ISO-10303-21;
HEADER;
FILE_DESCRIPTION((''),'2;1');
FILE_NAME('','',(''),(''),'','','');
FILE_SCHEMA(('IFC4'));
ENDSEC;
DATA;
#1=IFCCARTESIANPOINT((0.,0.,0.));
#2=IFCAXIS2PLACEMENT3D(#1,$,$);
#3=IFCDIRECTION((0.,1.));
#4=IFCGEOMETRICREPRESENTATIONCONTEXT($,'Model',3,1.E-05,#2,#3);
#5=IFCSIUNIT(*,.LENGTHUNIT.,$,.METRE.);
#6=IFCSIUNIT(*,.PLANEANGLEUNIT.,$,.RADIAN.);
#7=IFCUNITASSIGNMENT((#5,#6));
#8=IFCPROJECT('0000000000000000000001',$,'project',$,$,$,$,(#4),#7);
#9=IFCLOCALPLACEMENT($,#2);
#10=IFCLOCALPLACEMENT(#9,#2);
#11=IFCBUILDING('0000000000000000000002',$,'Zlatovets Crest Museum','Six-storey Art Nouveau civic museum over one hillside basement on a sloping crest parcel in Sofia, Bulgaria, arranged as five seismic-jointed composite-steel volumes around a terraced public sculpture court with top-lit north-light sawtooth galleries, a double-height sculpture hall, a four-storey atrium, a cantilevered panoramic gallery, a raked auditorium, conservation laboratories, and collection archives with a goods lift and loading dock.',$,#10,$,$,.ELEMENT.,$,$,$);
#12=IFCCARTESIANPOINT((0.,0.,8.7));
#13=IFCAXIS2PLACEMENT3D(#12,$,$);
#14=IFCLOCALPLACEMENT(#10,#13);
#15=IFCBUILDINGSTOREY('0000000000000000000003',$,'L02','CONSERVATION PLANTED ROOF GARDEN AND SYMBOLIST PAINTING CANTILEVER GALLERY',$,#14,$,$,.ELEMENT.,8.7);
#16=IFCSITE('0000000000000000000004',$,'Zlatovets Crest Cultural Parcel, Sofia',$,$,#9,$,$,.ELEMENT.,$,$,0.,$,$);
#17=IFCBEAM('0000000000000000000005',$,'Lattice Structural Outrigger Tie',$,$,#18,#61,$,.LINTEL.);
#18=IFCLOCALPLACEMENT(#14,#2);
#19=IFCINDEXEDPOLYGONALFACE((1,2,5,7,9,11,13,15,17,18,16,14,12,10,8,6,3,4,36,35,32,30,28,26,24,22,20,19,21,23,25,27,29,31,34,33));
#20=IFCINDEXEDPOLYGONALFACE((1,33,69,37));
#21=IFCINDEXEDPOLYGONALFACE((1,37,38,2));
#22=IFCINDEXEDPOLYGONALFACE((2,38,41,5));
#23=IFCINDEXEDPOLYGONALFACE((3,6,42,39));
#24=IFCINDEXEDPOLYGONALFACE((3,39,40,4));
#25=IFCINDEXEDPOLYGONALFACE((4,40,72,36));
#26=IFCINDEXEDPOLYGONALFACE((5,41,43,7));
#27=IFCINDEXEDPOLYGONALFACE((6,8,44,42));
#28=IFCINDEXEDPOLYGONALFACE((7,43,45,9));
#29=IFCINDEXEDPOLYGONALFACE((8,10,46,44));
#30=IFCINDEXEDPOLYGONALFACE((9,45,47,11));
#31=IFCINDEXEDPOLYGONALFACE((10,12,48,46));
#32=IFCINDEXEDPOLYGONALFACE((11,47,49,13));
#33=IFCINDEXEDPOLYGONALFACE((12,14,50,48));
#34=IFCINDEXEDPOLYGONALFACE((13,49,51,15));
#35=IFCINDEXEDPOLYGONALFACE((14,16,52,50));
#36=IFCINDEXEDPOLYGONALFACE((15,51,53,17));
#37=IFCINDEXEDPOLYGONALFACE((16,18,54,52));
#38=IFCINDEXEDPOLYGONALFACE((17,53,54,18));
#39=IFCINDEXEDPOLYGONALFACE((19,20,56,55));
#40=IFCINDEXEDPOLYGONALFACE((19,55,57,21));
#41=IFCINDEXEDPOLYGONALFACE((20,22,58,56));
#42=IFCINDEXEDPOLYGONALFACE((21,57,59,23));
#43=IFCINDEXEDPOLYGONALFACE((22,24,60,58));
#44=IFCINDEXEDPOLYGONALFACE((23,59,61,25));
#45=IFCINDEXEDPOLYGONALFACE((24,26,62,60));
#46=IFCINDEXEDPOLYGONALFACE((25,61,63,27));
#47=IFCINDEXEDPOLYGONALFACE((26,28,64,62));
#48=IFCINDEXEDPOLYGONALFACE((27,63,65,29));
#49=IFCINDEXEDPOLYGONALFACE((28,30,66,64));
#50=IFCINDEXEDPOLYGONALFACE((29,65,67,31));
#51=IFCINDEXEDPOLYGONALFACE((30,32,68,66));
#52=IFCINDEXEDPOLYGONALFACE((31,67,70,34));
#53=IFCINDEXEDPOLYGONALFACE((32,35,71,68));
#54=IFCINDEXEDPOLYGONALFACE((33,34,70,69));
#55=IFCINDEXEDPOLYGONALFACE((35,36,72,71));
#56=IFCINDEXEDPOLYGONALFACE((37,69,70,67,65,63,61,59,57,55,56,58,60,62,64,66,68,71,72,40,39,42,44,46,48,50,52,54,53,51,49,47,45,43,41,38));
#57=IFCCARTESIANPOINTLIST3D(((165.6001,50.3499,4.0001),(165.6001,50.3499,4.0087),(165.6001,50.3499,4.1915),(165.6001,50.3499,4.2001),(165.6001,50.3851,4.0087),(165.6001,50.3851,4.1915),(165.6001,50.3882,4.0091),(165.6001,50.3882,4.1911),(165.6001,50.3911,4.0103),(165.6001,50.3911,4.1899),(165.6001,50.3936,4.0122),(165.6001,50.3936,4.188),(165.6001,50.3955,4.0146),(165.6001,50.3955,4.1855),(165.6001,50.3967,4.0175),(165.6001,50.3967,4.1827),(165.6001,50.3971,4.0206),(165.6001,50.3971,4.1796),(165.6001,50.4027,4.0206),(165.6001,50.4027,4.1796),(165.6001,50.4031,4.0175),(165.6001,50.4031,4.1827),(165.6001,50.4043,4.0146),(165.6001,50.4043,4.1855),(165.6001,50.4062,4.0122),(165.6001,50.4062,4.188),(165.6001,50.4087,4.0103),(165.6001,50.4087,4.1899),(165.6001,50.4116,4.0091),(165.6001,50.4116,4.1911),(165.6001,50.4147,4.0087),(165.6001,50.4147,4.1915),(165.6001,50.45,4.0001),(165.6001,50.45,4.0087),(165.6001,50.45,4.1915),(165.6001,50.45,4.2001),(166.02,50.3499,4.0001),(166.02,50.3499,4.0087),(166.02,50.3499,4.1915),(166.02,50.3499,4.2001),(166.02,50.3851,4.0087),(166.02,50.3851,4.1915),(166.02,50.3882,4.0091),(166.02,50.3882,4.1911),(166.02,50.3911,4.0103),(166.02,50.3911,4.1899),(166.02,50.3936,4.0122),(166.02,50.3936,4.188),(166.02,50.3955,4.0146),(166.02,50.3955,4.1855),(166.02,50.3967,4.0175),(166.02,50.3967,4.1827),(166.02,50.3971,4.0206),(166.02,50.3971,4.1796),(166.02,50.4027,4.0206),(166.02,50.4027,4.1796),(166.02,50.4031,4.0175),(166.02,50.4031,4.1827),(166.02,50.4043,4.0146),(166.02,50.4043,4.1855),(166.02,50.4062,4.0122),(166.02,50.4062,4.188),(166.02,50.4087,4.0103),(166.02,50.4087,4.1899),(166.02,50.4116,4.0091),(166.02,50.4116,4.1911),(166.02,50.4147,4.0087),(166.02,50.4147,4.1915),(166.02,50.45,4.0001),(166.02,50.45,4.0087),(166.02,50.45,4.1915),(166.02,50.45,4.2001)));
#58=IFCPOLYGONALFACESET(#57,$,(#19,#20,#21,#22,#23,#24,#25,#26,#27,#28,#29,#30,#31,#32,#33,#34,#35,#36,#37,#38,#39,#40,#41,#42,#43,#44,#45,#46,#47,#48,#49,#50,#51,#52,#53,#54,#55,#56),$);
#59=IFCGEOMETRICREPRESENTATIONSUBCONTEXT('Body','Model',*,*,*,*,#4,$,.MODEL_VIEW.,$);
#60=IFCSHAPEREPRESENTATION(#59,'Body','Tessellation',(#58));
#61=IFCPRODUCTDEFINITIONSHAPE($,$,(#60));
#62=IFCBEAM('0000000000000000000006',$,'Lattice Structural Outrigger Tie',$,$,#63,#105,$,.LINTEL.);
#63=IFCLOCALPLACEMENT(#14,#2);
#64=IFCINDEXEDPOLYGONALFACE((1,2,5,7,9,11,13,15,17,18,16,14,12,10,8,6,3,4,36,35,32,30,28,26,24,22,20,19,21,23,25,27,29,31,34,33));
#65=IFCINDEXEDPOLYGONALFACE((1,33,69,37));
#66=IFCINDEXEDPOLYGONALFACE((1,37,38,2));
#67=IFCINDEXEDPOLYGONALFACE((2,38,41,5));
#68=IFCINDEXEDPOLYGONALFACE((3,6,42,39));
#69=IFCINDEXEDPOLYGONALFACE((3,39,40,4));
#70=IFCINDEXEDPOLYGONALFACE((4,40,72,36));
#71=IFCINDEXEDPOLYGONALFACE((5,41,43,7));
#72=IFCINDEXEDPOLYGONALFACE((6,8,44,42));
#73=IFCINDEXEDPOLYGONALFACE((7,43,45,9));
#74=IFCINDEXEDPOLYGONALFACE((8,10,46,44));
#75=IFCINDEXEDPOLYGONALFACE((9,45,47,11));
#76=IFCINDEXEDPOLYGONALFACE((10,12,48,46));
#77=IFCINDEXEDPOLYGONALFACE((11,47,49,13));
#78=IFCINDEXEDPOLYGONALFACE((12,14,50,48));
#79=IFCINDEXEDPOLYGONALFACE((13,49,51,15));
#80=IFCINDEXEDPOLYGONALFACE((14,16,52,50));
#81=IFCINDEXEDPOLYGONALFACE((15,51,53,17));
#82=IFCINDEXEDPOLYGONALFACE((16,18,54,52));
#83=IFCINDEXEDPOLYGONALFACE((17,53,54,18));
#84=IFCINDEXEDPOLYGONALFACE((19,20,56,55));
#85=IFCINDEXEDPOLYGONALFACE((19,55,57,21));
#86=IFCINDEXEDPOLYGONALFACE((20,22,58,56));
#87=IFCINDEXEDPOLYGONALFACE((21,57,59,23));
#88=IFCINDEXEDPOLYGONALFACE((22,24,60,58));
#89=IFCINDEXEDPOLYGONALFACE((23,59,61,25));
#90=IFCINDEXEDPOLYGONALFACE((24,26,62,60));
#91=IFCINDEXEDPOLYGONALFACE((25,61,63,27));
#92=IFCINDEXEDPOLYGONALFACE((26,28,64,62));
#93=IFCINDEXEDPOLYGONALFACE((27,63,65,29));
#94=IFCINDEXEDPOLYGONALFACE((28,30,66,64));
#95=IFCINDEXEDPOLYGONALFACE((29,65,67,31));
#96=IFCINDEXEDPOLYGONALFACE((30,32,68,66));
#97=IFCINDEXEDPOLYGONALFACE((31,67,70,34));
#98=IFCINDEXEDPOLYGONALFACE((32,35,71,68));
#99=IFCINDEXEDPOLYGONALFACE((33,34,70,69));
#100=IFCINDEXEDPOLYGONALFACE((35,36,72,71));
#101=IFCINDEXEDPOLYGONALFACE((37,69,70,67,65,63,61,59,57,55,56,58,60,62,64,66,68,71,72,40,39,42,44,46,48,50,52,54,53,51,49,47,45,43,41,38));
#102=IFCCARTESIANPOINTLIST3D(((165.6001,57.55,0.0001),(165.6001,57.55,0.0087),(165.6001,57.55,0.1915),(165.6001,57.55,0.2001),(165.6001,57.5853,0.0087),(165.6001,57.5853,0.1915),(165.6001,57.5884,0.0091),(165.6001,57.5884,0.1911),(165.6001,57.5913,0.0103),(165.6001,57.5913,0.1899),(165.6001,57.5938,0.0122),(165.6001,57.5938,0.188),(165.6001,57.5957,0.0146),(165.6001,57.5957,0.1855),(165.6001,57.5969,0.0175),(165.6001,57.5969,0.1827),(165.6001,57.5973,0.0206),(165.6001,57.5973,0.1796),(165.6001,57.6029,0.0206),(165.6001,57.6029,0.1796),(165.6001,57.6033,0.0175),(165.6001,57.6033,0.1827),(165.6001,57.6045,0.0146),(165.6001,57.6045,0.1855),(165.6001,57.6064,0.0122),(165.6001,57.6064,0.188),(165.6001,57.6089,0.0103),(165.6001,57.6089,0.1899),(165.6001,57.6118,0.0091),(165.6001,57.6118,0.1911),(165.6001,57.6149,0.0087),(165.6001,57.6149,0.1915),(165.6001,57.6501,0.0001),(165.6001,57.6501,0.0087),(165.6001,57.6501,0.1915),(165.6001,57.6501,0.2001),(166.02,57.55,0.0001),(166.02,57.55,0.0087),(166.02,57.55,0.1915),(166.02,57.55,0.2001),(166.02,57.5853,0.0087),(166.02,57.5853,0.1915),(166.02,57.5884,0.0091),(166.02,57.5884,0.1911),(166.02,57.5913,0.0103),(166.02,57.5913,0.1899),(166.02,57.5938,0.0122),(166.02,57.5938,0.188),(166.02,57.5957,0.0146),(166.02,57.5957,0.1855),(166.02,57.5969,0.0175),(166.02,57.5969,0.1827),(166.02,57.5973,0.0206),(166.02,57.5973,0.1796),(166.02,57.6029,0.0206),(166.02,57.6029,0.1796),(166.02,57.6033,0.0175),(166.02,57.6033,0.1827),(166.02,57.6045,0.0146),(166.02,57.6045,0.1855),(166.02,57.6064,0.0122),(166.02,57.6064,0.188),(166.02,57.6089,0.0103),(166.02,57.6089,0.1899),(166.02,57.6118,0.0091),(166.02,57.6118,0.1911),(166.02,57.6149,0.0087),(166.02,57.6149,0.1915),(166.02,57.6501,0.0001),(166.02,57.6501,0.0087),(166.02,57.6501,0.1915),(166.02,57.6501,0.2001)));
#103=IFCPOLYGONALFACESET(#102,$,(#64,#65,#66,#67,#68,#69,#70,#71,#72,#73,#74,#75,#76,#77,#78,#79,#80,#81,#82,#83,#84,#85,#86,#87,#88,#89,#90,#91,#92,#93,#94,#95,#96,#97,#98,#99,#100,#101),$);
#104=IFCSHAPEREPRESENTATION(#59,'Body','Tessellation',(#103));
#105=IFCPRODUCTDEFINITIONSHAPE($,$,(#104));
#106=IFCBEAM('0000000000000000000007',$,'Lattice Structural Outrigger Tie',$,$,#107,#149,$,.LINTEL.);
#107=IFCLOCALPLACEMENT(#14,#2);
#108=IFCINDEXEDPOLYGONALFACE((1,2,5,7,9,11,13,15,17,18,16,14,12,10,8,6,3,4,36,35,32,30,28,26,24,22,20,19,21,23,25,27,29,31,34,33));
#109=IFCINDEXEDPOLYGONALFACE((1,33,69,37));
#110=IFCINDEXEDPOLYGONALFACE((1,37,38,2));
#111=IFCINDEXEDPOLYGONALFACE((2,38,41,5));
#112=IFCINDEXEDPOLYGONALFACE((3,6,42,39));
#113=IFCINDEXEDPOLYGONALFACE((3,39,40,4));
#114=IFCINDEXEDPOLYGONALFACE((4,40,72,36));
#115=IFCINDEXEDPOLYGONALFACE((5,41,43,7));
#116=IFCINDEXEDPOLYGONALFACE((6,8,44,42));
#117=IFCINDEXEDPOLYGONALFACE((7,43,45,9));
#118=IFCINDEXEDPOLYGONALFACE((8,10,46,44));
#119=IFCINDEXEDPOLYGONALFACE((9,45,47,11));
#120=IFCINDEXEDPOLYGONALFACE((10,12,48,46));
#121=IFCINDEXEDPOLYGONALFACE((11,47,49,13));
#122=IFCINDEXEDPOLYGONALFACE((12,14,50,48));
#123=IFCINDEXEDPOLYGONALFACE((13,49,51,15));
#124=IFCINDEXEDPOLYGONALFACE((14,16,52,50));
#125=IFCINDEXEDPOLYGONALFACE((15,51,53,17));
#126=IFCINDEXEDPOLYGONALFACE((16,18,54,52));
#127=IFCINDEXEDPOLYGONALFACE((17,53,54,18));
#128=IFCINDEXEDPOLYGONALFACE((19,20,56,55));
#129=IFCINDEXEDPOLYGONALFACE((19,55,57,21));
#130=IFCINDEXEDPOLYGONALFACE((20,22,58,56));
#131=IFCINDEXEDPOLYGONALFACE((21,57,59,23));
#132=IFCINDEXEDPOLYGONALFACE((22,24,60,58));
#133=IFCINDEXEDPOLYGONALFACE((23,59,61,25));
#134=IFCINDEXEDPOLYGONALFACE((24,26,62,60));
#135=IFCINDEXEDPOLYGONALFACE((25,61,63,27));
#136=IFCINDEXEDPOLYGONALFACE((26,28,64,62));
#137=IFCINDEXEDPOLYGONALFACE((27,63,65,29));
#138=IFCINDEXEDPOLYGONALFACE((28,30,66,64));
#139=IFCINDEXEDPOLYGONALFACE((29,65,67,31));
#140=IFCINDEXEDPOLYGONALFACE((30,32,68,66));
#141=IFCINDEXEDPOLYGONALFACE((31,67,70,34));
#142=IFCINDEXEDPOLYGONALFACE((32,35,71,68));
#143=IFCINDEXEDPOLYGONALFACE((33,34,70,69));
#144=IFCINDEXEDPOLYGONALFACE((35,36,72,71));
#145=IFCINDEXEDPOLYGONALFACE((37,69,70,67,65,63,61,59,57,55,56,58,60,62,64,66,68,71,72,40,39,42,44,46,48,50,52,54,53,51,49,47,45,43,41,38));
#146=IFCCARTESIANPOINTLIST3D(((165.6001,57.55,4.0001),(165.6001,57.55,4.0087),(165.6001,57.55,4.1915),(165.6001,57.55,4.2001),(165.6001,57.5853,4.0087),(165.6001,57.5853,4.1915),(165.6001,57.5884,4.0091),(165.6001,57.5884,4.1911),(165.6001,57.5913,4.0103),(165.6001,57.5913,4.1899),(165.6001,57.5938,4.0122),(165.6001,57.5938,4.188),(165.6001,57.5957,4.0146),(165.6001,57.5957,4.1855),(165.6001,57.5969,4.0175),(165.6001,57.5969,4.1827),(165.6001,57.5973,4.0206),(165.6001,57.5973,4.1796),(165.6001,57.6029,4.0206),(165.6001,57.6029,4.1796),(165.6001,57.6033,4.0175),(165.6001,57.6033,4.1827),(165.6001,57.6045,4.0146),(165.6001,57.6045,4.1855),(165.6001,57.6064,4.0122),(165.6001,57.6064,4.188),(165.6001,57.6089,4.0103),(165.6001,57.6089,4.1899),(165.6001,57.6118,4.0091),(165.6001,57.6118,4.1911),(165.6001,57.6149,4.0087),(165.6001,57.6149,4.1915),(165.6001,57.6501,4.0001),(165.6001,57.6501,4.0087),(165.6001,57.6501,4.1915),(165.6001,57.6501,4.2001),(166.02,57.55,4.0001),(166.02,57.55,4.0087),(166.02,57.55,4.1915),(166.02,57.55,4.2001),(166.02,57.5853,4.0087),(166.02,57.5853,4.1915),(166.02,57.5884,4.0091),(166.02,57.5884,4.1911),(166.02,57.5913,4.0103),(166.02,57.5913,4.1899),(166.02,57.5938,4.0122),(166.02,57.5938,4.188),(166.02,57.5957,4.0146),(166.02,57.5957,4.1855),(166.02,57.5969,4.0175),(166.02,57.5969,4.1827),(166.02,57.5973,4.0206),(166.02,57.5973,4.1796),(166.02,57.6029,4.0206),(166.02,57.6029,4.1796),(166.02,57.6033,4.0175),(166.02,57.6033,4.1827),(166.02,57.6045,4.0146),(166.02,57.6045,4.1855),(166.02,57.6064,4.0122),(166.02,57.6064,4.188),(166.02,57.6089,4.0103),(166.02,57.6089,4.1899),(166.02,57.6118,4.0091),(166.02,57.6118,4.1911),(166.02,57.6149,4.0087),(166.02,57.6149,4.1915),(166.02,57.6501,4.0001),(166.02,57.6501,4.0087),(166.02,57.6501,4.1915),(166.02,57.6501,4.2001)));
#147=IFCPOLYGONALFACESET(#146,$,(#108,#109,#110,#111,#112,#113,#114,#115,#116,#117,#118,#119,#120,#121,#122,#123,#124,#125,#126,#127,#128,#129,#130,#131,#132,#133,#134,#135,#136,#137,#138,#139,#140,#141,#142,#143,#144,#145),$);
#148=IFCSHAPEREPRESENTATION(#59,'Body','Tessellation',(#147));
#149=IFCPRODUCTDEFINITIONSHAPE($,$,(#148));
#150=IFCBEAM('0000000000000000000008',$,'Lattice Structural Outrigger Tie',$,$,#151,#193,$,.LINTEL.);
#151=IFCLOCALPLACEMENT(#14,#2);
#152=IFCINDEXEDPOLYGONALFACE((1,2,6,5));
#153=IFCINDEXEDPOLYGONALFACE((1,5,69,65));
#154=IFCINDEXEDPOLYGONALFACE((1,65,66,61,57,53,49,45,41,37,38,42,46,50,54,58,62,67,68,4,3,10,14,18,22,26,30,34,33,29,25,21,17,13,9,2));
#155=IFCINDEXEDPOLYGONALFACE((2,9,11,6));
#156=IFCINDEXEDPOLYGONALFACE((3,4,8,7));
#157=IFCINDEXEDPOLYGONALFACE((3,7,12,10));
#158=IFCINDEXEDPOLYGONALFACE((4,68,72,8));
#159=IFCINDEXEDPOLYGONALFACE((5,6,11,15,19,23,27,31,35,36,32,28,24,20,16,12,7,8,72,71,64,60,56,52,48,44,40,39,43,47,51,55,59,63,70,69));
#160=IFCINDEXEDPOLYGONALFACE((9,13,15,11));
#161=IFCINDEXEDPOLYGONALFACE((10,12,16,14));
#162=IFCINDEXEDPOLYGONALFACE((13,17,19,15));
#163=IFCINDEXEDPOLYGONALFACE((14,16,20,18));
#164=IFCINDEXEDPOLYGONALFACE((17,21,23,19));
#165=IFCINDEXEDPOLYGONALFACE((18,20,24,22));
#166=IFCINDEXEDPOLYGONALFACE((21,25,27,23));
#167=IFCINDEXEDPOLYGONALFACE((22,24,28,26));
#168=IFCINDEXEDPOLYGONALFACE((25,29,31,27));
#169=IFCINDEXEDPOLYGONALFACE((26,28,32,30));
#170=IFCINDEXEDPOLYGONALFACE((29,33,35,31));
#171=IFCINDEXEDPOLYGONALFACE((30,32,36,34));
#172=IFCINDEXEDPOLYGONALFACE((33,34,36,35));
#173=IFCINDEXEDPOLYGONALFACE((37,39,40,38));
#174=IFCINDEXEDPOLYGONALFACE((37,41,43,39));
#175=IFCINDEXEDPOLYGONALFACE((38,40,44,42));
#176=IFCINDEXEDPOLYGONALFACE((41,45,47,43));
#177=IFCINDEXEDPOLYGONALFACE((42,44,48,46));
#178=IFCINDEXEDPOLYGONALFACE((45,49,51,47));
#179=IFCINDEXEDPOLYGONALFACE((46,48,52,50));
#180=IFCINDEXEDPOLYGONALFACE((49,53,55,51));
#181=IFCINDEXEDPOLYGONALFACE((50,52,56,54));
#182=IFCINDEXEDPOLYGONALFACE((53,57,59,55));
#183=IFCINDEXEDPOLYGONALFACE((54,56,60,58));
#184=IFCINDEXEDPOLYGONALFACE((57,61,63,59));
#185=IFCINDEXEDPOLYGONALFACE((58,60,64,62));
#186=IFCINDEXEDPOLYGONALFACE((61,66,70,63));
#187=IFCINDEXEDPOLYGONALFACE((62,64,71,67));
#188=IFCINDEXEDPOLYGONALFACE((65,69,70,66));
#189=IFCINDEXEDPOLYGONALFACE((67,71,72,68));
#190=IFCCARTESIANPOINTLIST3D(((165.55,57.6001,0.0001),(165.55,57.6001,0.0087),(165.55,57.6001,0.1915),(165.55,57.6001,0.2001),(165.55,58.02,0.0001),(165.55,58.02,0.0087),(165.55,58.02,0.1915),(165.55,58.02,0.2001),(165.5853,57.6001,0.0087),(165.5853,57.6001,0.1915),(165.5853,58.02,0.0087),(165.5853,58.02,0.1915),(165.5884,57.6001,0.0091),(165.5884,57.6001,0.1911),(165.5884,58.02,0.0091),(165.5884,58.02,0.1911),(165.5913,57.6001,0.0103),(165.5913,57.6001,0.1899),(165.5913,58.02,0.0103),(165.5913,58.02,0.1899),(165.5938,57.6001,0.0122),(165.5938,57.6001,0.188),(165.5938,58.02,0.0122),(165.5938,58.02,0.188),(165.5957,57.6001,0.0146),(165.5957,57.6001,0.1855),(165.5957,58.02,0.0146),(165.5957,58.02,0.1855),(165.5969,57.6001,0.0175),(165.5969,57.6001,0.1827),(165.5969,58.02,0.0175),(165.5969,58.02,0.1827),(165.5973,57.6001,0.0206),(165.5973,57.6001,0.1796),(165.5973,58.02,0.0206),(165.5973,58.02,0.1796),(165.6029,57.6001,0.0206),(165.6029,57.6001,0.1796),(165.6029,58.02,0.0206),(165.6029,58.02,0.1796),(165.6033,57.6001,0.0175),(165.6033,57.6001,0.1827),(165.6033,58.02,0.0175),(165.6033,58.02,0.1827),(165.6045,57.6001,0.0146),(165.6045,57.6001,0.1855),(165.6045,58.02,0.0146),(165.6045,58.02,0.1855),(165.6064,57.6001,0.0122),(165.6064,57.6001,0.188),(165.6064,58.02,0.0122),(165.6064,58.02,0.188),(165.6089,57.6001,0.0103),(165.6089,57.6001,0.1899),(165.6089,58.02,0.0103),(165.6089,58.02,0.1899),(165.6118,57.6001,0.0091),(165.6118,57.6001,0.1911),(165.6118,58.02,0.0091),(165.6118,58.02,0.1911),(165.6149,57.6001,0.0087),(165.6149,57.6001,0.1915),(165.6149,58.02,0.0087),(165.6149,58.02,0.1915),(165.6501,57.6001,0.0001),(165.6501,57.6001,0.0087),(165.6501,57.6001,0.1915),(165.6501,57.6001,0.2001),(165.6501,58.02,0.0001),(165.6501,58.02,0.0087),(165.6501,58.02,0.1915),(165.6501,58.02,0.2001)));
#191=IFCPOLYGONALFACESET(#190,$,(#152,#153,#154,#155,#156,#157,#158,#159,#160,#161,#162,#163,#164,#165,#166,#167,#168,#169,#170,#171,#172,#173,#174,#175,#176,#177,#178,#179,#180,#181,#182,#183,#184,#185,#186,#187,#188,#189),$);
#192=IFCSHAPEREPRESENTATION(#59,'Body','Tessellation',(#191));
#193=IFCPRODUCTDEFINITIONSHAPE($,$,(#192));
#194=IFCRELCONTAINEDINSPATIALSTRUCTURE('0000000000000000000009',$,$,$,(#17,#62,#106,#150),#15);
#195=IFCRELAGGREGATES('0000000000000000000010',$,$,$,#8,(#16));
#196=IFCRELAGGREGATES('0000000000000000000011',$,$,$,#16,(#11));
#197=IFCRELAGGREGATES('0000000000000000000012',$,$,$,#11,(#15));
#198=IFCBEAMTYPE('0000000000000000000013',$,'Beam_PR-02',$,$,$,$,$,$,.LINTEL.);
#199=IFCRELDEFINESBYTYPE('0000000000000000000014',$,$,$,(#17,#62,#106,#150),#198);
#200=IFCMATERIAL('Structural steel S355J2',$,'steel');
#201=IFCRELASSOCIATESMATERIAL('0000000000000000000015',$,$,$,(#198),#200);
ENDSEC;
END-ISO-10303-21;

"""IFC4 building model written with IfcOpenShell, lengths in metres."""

from ifc_helpers import new_model, si_unit, direction, frame, origin, origin_2d, place, context, subcontext, project, spatial, i_section, extrude, material, material_profile, profile_set, type_object, element, save


model = new_model("IFC4")

# Units and contexts
model_context = context("Model", 3, precision=1e-05, world=origin(), true_north=direction((0.0, 1.0)))
body_context = subcontext(model_context, "Body", "Model", "MODEL_VIEW")
ifc_project = project(units=[si_unit("LENGTHUNIT", "METRE"), si_unit("PLANEANGLEUNIT", "RADIAN")], contexts=[model_context])

# Site, building, storey
site_placement = place(None, origin())
site = spatial("IfcSite", under=ifc_project, at=site_placement, Name="Zlatovets Crest Cultural Parcel, Sofia", CompositionType="ELEMENT", RefElevation=0.0)
building_placement = place(site_placement, origin())
building = spatial("IfcBuilding", under=site, at=building_placement, Name="Zlatovets Crest Museum", Description="Six-storey Art Nouveau civic museum over one hillside basement on a sloping crest parcel in Sofia, Bulgaria, arranged as five seismic-jointed composite-steel volumes around a terraced public sculpture court with top-lit north-light sawtooth galleries, a double-height sculpture hall, a four-storey atrium, a cantilevered panoramic gallery, a raked auditorium, conservation laboratories, and collection archives with a goods lift and loading dock.", CompositionType="ELEMENT")
storey_placement = place(building_placement, frame((0.0, 0.0, 8.7)))
storey = spatial("IfcBuildingStorey", under=building, at=storey_placement, Name="L02", Description="CONSERVATION PLANTED ROOF GARDEN AND SYMBOLIST PAINTING CANTILEVER GALLERY", CompositionType="ELEMENT", Elevation=8.7)

# Shared definitions
ifc_material_1 = material(Name="Structural steel S355J2", Category="steel")

# Beams
ifc_material_profile_1 = material_profile(ifc_material_1, i_section(OverallWidth=0.1001, OverallDepth=0.2, WebThickness=0.0056, FlangeThickness=0.0085, FilletRadius=0.012, at=origin_2d()), Name="IPE 200")
ifc_profile_set_1 = profile_set([ifc_material_profile_1], Name="Structural steel S355J2")
beam_type_1 = type_object("IfcBeamType", Name="Beam_PR-02", PredefinedType="LINTEL", material=ifc_profile_set_1)
for number, where, z_axis, x_axis, name in (
    (1, (165.6001, 50.3999, 4.1001), (1.0, 0.0, 0.0), (0.0, 1.0, 0.0), "Lattice Structural Outrigger Tie"),
    (2, (165.6001, 57.6001, 0.1001), (1.0, 0.0, 0.0), (0.0, 1.0, 0.0), "Lattice Structural Outrigger Tie"),
    (3, (165.6001, 57.6001, 4.1001), (1.0, 0.0, 0.0), (0.0, 1.0, 0.0), "Lattice Structural Outrigger Tie"),
    (4, (165.6001, 57.6001, 0.1001), (0.0, 1.0, 0.0), (-1.0, 0.0, 0.0), "Lattice Structural Outrigger Tie"),
):
    element("IfcBeam", number, at=place(storey_placement, frame(where, z_axis=z_axis, x_axis=x_axis)), inside=storey, type_object=beam_type_1, Name=name, PredefinedType="LINTEL", context=body_context, shape_type="SweptSolid", body=[
        extrude(i_section(OverallWidth=0.1001, OverallDepth=0.2, WebThickness=0.0056, FlangeThickness=0.0085, FilletRadius=0.012, at=origin_2d()), origin(), (0.0, 0.0, 1.0), 0.4199),
    ])

save(model, "model.ifc")
